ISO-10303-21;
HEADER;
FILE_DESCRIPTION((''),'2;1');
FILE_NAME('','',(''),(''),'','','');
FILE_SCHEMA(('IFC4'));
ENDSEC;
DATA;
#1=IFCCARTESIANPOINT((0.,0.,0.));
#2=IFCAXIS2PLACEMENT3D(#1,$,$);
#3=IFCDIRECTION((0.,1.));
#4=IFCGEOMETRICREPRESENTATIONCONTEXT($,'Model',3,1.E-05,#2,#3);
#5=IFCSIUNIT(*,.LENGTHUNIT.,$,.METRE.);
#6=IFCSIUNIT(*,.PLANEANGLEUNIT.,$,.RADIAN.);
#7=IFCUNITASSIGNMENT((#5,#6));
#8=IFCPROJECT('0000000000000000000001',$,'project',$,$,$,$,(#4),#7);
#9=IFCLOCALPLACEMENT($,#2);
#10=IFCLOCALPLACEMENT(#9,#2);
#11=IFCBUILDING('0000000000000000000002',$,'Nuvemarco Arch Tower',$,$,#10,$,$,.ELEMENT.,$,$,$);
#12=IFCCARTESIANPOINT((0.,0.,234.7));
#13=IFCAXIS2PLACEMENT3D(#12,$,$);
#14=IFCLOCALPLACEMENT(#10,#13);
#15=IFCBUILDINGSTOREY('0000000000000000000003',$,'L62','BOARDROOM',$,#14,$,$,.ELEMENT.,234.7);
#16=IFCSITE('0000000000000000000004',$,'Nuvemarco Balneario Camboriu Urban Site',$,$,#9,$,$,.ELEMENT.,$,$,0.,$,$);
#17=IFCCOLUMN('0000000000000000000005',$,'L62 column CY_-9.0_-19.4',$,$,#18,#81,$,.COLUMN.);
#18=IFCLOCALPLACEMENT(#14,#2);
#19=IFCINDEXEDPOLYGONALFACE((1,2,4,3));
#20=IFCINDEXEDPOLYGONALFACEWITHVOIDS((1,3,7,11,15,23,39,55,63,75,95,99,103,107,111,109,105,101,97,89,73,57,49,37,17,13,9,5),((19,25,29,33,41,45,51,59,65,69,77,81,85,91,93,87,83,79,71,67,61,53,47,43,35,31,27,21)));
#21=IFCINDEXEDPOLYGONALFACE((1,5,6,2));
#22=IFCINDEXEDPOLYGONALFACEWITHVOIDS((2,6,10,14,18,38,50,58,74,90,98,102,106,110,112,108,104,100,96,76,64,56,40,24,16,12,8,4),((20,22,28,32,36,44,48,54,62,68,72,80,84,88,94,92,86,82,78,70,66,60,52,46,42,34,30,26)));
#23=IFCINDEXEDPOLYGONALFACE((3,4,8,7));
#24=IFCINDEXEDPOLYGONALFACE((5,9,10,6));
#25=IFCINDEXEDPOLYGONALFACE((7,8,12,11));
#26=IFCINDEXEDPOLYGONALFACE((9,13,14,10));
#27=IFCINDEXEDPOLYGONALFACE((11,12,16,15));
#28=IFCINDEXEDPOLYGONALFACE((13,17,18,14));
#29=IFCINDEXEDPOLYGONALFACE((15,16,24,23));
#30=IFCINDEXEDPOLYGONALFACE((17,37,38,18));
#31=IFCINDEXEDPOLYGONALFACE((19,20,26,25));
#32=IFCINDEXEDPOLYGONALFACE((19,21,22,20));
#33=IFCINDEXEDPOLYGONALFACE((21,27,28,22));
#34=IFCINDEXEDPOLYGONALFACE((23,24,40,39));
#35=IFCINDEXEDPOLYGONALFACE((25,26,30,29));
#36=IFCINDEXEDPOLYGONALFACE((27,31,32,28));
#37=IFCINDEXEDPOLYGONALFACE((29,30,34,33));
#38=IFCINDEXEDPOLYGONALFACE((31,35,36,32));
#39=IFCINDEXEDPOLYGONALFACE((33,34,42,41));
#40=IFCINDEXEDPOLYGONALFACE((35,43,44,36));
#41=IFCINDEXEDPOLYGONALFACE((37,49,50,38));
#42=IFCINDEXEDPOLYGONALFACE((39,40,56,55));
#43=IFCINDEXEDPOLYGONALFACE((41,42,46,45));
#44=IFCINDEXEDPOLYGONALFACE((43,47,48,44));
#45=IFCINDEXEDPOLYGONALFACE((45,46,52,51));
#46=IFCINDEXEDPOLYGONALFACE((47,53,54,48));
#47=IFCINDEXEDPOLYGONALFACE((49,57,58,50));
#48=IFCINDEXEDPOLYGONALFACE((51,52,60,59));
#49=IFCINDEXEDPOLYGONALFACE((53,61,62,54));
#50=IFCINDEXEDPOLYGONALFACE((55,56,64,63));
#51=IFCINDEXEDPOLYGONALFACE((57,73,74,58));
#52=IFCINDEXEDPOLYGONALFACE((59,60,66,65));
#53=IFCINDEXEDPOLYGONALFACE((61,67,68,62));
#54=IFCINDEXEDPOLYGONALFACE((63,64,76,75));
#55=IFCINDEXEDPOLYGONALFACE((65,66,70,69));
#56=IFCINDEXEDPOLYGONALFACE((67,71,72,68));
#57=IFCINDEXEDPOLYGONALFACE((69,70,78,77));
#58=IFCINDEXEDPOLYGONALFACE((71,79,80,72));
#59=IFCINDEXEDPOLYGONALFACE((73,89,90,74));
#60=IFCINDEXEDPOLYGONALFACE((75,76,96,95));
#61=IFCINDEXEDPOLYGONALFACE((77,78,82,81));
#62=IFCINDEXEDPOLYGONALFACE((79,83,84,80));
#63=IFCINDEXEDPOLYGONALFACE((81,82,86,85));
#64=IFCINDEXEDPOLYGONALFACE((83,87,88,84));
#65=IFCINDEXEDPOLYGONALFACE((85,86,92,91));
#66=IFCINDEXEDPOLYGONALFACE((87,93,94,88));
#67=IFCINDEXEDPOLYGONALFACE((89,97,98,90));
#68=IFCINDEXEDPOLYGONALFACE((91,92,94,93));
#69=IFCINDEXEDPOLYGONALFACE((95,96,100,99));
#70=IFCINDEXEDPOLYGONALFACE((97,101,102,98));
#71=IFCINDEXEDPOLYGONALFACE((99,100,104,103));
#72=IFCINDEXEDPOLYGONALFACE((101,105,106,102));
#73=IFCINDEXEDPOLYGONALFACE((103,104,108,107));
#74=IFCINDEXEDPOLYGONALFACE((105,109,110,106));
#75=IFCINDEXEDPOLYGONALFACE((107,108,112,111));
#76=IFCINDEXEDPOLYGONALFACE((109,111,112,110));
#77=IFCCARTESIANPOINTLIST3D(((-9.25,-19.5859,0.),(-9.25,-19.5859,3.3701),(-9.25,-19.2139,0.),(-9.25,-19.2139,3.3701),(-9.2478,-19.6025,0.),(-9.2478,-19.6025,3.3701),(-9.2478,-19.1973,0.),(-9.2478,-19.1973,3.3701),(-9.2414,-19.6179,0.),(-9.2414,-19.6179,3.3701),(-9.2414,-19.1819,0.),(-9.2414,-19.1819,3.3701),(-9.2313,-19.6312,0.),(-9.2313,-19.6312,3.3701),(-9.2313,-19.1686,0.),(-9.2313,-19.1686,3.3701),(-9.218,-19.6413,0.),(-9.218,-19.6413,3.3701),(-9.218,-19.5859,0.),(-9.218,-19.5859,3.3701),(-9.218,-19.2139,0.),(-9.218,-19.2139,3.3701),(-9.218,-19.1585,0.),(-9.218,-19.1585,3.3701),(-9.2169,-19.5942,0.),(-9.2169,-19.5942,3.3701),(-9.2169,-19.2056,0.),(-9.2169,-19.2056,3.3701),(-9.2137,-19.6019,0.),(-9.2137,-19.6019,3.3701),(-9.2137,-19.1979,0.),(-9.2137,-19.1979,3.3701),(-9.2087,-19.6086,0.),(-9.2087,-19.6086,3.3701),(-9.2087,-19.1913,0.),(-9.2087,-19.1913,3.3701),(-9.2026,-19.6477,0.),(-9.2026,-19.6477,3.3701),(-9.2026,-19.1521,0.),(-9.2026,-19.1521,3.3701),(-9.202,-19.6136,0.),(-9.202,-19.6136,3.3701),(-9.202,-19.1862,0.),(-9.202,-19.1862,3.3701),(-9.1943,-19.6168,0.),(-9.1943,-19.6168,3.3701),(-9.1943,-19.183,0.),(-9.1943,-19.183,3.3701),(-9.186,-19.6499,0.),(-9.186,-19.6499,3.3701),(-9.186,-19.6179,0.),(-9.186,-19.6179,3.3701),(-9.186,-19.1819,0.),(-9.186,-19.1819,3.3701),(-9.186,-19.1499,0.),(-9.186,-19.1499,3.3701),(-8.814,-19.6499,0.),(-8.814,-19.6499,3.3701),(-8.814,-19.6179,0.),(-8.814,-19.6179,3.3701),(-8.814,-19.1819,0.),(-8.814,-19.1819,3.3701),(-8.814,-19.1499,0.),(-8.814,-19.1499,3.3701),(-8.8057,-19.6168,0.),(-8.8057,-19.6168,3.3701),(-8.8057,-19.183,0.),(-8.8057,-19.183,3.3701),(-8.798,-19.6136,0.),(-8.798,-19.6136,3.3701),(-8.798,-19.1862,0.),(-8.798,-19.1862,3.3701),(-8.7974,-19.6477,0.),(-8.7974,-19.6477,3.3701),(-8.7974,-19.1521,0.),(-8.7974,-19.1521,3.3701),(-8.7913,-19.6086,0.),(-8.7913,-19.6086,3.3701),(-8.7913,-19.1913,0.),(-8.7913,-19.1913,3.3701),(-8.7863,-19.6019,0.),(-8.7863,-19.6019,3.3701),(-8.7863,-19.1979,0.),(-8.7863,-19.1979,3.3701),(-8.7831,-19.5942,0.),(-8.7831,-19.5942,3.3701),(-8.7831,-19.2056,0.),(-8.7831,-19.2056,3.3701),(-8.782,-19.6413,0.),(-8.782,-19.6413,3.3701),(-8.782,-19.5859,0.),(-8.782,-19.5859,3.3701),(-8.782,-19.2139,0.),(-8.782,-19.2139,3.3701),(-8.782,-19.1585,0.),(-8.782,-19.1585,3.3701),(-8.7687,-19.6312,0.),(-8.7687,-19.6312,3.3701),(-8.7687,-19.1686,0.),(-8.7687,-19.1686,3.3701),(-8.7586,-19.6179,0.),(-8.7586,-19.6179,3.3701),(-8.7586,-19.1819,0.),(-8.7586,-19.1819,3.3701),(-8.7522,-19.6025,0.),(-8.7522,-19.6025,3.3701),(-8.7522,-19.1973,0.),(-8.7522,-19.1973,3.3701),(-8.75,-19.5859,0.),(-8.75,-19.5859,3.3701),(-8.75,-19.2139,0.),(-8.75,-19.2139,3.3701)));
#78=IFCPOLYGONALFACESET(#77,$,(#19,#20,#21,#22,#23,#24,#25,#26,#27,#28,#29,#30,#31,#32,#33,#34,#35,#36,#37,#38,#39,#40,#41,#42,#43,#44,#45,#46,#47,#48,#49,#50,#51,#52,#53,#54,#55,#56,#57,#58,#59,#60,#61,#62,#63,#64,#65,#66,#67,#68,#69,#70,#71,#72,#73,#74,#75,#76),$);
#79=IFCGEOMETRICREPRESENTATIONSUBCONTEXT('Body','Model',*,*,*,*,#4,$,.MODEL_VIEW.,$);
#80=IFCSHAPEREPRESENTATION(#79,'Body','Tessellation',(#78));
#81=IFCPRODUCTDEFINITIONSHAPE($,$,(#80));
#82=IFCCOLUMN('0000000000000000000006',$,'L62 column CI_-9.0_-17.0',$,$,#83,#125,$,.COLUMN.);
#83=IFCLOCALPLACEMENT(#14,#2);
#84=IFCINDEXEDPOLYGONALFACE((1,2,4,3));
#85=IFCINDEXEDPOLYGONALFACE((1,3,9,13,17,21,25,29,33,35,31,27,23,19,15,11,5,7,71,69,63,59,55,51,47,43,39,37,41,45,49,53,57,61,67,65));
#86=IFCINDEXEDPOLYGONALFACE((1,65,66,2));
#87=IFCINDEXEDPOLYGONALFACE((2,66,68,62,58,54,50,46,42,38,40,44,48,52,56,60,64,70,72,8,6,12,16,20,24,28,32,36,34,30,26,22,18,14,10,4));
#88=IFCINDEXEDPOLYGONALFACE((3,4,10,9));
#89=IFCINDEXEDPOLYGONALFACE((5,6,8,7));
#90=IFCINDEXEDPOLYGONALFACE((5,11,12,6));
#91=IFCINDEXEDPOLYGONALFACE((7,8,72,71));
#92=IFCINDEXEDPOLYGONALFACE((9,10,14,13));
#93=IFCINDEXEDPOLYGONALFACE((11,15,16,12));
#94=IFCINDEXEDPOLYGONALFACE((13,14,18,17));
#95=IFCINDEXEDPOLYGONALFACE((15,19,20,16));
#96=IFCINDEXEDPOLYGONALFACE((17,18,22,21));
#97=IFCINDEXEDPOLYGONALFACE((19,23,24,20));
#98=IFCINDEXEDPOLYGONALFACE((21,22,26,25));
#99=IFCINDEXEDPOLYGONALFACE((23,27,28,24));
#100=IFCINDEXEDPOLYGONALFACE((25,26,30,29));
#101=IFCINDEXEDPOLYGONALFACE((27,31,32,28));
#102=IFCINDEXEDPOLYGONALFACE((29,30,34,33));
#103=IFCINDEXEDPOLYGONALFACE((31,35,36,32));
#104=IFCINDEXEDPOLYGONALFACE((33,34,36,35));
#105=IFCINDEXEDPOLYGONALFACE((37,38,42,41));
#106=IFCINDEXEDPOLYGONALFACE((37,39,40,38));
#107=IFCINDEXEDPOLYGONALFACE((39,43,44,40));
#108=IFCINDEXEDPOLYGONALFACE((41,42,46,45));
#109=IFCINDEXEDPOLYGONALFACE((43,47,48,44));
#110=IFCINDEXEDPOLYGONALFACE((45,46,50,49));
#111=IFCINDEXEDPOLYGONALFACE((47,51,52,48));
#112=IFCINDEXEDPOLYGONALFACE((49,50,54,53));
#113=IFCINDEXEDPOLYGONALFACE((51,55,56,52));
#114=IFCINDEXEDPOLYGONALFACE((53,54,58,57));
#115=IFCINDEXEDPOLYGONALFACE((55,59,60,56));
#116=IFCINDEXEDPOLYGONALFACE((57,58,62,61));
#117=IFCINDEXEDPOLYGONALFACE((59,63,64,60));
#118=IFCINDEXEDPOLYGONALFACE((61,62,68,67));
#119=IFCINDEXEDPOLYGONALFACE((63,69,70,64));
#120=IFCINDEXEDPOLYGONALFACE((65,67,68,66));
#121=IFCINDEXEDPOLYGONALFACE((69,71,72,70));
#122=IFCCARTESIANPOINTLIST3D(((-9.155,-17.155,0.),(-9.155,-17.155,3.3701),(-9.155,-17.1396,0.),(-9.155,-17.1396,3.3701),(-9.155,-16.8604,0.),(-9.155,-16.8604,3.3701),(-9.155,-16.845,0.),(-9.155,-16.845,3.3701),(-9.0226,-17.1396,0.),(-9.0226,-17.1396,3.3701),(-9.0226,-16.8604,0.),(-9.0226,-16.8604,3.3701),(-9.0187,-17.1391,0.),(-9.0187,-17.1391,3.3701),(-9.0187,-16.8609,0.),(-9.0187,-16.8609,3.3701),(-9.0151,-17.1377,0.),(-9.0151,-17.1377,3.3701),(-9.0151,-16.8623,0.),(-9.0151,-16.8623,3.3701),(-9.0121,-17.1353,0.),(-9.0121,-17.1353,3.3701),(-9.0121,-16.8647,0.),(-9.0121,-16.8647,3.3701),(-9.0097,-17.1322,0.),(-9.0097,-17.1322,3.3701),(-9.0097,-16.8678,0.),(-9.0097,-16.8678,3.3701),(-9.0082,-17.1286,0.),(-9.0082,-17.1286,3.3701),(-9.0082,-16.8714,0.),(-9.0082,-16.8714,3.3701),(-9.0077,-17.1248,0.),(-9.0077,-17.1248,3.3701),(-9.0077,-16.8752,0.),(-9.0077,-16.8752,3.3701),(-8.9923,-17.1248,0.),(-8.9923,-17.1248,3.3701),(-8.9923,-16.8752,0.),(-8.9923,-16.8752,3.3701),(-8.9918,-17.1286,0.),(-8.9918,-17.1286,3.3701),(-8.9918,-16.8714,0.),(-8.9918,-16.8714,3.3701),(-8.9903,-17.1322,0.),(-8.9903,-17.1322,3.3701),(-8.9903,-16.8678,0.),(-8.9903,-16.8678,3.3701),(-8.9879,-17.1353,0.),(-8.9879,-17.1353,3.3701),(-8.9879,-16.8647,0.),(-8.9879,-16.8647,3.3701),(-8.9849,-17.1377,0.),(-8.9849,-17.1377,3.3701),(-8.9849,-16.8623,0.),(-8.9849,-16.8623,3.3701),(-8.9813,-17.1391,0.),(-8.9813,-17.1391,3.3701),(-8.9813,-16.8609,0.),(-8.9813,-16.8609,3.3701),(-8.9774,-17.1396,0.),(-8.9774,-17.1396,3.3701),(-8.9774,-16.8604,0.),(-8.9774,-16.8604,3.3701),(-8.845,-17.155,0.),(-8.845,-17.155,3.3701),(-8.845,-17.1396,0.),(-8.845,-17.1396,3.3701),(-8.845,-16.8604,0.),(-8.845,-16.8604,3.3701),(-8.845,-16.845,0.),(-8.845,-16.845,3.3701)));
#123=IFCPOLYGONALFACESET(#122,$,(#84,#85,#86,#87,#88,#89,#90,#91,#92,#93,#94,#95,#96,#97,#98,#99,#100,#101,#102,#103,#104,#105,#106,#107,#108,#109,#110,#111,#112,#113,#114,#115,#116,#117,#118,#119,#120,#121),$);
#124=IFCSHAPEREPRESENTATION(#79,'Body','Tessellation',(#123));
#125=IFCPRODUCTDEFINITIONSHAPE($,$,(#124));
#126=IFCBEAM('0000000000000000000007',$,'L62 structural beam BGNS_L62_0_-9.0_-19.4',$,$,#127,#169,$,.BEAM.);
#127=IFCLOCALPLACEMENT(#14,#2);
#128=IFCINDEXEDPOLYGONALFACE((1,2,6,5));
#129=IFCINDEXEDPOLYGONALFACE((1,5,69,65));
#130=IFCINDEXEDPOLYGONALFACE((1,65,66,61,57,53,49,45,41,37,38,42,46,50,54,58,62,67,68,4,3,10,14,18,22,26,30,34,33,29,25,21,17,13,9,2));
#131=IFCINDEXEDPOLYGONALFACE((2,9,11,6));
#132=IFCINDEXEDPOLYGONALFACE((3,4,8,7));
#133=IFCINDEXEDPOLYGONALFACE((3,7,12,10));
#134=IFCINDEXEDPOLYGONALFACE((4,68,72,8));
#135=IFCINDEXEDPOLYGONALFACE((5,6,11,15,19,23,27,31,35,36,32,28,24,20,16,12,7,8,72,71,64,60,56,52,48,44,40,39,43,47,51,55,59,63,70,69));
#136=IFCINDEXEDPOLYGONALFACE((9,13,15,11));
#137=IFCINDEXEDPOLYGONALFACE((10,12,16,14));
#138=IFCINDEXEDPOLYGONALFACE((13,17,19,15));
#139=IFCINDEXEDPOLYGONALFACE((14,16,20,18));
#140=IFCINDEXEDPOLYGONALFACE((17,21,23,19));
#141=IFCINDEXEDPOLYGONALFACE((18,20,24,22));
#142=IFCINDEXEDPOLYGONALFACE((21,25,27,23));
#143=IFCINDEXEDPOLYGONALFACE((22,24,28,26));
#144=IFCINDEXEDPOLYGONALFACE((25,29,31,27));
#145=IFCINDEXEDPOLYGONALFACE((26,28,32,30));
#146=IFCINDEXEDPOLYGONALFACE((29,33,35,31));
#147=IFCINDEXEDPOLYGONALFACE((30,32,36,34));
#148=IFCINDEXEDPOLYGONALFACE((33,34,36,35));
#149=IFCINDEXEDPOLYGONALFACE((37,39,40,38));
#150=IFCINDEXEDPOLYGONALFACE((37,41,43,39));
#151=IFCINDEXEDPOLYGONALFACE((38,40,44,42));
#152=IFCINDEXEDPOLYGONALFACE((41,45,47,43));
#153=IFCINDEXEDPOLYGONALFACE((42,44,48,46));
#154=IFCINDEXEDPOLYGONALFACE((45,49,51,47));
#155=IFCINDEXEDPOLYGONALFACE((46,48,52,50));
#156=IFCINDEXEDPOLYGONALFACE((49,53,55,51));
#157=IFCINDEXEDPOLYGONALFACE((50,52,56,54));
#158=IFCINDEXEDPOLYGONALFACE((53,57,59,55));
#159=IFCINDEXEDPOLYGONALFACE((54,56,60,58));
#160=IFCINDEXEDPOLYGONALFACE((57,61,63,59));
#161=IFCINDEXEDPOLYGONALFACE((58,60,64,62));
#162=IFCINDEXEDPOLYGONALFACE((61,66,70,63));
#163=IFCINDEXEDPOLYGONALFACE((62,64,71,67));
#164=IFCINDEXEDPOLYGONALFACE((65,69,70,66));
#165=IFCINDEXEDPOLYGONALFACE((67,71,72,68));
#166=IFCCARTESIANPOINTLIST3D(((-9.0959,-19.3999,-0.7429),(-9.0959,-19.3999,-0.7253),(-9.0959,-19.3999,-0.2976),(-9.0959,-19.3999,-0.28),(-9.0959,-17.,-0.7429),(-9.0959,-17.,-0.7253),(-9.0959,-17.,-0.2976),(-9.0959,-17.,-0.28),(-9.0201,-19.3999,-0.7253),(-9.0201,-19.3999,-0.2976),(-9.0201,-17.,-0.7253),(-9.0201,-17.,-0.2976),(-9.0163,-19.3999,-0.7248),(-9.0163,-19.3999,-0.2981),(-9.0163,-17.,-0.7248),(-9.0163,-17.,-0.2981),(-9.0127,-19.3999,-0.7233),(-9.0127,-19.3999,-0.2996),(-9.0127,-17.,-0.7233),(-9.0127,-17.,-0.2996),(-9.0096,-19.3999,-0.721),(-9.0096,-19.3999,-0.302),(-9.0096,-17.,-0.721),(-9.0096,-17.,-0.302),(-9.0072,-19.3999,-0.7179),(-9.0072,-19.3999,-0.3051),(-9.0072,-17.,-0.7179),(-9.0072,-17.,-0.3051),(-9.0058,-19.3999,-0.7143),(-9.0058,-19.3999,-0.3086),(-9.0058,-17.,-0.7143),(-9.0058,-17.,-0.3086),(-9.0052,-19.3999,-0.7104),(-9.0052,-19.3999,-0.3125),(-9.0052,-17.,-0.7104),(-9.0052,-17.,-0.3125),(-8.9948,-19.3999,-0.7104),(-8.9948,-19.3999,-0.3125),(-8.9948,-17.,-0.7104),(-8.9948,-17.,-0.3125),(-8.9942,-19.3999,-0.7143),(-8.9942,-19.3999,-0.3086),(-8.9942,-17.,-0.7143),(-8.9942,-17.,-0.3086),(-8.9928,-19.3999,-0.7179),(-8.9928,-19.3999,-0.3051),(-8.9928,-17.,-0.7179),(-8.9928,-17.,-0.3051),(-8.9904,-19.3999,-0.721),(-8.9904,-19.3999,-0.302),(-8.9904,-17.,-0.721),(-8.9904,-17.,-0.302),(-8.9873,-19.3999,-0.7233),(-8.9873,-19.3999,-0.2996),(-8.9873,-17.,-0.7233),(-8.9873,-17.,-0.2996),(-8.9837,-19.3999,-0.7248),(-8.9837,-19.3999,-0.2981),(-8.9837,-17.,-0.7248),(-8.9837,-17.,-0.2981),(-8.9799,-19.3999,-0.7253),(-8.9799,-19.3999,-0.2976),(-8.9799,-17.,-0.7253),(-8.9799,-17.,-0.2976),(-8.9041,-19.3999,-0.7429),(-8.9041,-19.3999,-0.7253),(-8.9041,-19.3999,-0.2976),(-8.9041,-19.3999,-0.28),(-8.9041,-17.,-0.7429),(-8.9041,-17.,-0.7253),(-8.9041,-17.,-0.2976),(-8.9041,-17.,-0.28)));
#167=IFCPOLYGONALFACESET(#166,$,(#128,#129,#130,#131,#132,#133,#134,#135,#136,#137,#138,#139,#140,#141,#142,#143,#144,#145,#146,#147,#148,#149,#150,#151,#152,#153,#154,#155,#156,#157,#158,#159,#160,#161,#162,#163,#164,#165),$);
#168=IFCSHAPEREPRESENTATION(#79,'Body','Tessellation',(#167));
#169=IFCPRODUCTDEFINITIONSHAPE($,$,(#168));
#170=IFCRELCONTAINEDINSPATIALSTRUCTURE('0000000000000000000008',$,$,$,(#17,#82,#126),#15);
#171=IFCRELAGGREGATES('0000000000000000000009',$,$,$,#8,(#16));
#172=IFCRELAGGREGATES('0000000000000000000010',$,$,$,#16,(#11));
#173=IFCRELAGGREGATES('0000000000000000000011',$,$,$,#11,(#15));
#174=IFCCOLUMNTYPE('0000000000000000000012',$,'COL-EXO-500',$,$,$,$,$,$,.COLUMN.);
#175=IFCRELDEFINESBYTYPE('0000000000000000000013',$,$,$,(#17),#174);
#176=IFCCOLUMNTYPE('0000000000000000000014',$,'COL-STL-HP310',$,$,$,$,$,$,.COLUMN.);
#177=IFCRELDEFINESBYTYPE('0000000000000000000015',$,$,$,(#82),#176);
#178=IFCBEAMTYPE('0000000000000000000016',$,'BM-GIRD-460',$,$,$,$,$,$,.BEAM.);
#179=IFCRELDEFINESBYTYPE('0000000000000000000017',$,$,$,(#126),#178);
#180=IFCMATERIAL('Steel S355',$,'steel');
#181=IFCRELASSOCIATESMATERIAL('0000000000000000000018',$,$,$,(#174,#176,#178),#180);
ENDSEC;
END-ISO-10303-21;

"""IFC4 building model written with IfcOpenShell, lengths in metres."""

from ifc_helpers import new_model, si_unit, direction, frame, origin, origin_2d, place, context, subcontext, project, spatial, hollow_rectangle, i_section, extrude, material, material_profile, profile_set, type_object, element, save


model = new_model("IFC4")

# Units and contexts
model_context = context("Model", 3, precision=1e-05, world=origin(), true_north=direction((0.0, 1.0)))
body_context = subcontext(model_context, "Body", "Model", "MODEL_VIEW")
ifc_project = project(units=[si_unit("LENGTHUNIT", "METRE"), si_unit("PLANEANGLEUNIT", "RADIAN")], contexts=[model_context])

# Site, building, storey
site_placement = place(None, origin())
site = spatial("IfcSite", under=ifc_project, at=site_placement, Name="Nuvemarco Balneario Camboriu Urban Site", CompositionType="ELEMENT", RefElevation=0.0)
building_placement = place(site_placement, origin())
building = spatial("IfcBuilding", under=site, at=building_placement, Name="Nuvemarco Arch Tower", CompositionType="ELEMENT")
storey_placement = place(building_placement, frame((0.0, 0.0, 234.7)))
storey = spatial("IfcBuildingStorey", under=building, at=storey_placement, Name="L62", Description="BOARDROOM", CompositionType="ELEMENT", Elevation=234.7)

# Columns
ifc_material_1 = material(Name="Steel S355", Category="steel")
ifc_material_profile_1 = material_profile(ifc_material_1, hollow_rectangle(XDim=0.5, YDim=0.5, WallThickness=0.032, InnerFilletRadius=0.032, OuterFilletRadius=0.064, at=origin_2d()), Name="SHS500x500x32")
ifc_profile_set_1 = profile_set([ifc_material_profile_1], Name="Steel S355")
column_type_1 = type_object("IfcColumnType", Name="COL-EXO-500", PredefinedType="COLUMN", material=ifc_profile_set_1)
column_1_placement = place(storey_placement, frame((-9.0, -19.3999, 0.0), z_axis=(0.0, 0.0, 1.0), x_axis=(1.0, 0.0, 0.0)))
element("IfcColumn", 1, at=column_1_placement, inside=storey, type_object=column_type_1, Name="L62 column CY_-9.0_-19.4", PredefinedType="COLUMN", context=body_context, shape_type="SweptSolid", body=[
    extrude(hollow_rectangle(XDim=0.5, YDim=0.5, WallThickness=0.032, InnerFilletRadius=0.032, OuterFilletRadius=0.064, at=origin_2d()), origin(), (0.0, 0.0, 1.0), 3.3701),
])
ifc_material_profile_2 = material_profile(ifc_material_1, i_section(OverallWidth=0.3101, OverallDepth=0.3101, WebThickness=0.0154, FlangeThickness=0.0154, FilletRadius=0.0149, at=origin_2d()), Name="HP310x110")
ifc_profile_set_2 = profile_set([ifc_material_profile_2], Name="Steel S355")
column_type_2 = type_object("IfcColumnType", Name="COL-STL-HP310", PredefinedType="COLUMN", material=ifc_profile_set_2)
column_2_placement = place(storey_placement, frame((-9.0, -17.0, 0.0), z_axis=(0.0, 0.0, 1.0), x_axis=(1.0, 0.0, 0.0)))
element("IfcColumn", 2, at=column_2_placement, inside=storey, type_object=column_type_2, Name="L62 column CI_-9.0_-17.0", PredefinedType="COLUMN", context=body_context, shape_type="SweptSolid", body=[
    extrude(i_section(OverallWidth=0.3101, OverallDepth=0.3101, WebThickness=0.0154, FlangeThickness=0.0154, FilletRadius=0.0149, at=origin_2d()), origin(), (0.0, 0.0, 1.0), 3.3701),
])

# Beam
ifc_material_profile_3 = material_profile(ifc_material_1, i_section(OverallWidth=0.1919, OverallDepth=0.4629, WebThickness=0.0105, FlangeThickness=0.0176, FilletRadius=0.0149, at=origin_2d()), Name="W460x89")
ifc_profile_set_3 = profile_set([ifc_material_profile_3], Name="Steel S355")
beam_type_1 = type_object("IfcBeamType", Name="BM-GIRD-460", PredefinedType="BEAM", material=ifc_profile_set_3)
beam_1_placement = place(storey_placement, frame((-9.0, -19.3999, -0.5115), z_axis=(0.0, 1.0, 0.0), x_axis=(-1.0, 0.0, 0.0)))
element("IfcBeam", 3, at=beam_1_placement, inside=storey, type_object=beam_type_1, Name="L62 structural beam BGNS_L62_0_-9.0_-19.4", PredefinedType="BEAM", context=body_context, shape_type="SweptSolid", body=[
    extrude(i_section(OverallWidth=0.1919, OverallDepth=0.4629, WebThickness=0.0105, FlangeThickness=0.0176, FilletRadius=0.0149, at=origin_2d()), origin(), (0.0, 0.0, 1.0), 2.3999),
])

save(model, "model.ifc")
